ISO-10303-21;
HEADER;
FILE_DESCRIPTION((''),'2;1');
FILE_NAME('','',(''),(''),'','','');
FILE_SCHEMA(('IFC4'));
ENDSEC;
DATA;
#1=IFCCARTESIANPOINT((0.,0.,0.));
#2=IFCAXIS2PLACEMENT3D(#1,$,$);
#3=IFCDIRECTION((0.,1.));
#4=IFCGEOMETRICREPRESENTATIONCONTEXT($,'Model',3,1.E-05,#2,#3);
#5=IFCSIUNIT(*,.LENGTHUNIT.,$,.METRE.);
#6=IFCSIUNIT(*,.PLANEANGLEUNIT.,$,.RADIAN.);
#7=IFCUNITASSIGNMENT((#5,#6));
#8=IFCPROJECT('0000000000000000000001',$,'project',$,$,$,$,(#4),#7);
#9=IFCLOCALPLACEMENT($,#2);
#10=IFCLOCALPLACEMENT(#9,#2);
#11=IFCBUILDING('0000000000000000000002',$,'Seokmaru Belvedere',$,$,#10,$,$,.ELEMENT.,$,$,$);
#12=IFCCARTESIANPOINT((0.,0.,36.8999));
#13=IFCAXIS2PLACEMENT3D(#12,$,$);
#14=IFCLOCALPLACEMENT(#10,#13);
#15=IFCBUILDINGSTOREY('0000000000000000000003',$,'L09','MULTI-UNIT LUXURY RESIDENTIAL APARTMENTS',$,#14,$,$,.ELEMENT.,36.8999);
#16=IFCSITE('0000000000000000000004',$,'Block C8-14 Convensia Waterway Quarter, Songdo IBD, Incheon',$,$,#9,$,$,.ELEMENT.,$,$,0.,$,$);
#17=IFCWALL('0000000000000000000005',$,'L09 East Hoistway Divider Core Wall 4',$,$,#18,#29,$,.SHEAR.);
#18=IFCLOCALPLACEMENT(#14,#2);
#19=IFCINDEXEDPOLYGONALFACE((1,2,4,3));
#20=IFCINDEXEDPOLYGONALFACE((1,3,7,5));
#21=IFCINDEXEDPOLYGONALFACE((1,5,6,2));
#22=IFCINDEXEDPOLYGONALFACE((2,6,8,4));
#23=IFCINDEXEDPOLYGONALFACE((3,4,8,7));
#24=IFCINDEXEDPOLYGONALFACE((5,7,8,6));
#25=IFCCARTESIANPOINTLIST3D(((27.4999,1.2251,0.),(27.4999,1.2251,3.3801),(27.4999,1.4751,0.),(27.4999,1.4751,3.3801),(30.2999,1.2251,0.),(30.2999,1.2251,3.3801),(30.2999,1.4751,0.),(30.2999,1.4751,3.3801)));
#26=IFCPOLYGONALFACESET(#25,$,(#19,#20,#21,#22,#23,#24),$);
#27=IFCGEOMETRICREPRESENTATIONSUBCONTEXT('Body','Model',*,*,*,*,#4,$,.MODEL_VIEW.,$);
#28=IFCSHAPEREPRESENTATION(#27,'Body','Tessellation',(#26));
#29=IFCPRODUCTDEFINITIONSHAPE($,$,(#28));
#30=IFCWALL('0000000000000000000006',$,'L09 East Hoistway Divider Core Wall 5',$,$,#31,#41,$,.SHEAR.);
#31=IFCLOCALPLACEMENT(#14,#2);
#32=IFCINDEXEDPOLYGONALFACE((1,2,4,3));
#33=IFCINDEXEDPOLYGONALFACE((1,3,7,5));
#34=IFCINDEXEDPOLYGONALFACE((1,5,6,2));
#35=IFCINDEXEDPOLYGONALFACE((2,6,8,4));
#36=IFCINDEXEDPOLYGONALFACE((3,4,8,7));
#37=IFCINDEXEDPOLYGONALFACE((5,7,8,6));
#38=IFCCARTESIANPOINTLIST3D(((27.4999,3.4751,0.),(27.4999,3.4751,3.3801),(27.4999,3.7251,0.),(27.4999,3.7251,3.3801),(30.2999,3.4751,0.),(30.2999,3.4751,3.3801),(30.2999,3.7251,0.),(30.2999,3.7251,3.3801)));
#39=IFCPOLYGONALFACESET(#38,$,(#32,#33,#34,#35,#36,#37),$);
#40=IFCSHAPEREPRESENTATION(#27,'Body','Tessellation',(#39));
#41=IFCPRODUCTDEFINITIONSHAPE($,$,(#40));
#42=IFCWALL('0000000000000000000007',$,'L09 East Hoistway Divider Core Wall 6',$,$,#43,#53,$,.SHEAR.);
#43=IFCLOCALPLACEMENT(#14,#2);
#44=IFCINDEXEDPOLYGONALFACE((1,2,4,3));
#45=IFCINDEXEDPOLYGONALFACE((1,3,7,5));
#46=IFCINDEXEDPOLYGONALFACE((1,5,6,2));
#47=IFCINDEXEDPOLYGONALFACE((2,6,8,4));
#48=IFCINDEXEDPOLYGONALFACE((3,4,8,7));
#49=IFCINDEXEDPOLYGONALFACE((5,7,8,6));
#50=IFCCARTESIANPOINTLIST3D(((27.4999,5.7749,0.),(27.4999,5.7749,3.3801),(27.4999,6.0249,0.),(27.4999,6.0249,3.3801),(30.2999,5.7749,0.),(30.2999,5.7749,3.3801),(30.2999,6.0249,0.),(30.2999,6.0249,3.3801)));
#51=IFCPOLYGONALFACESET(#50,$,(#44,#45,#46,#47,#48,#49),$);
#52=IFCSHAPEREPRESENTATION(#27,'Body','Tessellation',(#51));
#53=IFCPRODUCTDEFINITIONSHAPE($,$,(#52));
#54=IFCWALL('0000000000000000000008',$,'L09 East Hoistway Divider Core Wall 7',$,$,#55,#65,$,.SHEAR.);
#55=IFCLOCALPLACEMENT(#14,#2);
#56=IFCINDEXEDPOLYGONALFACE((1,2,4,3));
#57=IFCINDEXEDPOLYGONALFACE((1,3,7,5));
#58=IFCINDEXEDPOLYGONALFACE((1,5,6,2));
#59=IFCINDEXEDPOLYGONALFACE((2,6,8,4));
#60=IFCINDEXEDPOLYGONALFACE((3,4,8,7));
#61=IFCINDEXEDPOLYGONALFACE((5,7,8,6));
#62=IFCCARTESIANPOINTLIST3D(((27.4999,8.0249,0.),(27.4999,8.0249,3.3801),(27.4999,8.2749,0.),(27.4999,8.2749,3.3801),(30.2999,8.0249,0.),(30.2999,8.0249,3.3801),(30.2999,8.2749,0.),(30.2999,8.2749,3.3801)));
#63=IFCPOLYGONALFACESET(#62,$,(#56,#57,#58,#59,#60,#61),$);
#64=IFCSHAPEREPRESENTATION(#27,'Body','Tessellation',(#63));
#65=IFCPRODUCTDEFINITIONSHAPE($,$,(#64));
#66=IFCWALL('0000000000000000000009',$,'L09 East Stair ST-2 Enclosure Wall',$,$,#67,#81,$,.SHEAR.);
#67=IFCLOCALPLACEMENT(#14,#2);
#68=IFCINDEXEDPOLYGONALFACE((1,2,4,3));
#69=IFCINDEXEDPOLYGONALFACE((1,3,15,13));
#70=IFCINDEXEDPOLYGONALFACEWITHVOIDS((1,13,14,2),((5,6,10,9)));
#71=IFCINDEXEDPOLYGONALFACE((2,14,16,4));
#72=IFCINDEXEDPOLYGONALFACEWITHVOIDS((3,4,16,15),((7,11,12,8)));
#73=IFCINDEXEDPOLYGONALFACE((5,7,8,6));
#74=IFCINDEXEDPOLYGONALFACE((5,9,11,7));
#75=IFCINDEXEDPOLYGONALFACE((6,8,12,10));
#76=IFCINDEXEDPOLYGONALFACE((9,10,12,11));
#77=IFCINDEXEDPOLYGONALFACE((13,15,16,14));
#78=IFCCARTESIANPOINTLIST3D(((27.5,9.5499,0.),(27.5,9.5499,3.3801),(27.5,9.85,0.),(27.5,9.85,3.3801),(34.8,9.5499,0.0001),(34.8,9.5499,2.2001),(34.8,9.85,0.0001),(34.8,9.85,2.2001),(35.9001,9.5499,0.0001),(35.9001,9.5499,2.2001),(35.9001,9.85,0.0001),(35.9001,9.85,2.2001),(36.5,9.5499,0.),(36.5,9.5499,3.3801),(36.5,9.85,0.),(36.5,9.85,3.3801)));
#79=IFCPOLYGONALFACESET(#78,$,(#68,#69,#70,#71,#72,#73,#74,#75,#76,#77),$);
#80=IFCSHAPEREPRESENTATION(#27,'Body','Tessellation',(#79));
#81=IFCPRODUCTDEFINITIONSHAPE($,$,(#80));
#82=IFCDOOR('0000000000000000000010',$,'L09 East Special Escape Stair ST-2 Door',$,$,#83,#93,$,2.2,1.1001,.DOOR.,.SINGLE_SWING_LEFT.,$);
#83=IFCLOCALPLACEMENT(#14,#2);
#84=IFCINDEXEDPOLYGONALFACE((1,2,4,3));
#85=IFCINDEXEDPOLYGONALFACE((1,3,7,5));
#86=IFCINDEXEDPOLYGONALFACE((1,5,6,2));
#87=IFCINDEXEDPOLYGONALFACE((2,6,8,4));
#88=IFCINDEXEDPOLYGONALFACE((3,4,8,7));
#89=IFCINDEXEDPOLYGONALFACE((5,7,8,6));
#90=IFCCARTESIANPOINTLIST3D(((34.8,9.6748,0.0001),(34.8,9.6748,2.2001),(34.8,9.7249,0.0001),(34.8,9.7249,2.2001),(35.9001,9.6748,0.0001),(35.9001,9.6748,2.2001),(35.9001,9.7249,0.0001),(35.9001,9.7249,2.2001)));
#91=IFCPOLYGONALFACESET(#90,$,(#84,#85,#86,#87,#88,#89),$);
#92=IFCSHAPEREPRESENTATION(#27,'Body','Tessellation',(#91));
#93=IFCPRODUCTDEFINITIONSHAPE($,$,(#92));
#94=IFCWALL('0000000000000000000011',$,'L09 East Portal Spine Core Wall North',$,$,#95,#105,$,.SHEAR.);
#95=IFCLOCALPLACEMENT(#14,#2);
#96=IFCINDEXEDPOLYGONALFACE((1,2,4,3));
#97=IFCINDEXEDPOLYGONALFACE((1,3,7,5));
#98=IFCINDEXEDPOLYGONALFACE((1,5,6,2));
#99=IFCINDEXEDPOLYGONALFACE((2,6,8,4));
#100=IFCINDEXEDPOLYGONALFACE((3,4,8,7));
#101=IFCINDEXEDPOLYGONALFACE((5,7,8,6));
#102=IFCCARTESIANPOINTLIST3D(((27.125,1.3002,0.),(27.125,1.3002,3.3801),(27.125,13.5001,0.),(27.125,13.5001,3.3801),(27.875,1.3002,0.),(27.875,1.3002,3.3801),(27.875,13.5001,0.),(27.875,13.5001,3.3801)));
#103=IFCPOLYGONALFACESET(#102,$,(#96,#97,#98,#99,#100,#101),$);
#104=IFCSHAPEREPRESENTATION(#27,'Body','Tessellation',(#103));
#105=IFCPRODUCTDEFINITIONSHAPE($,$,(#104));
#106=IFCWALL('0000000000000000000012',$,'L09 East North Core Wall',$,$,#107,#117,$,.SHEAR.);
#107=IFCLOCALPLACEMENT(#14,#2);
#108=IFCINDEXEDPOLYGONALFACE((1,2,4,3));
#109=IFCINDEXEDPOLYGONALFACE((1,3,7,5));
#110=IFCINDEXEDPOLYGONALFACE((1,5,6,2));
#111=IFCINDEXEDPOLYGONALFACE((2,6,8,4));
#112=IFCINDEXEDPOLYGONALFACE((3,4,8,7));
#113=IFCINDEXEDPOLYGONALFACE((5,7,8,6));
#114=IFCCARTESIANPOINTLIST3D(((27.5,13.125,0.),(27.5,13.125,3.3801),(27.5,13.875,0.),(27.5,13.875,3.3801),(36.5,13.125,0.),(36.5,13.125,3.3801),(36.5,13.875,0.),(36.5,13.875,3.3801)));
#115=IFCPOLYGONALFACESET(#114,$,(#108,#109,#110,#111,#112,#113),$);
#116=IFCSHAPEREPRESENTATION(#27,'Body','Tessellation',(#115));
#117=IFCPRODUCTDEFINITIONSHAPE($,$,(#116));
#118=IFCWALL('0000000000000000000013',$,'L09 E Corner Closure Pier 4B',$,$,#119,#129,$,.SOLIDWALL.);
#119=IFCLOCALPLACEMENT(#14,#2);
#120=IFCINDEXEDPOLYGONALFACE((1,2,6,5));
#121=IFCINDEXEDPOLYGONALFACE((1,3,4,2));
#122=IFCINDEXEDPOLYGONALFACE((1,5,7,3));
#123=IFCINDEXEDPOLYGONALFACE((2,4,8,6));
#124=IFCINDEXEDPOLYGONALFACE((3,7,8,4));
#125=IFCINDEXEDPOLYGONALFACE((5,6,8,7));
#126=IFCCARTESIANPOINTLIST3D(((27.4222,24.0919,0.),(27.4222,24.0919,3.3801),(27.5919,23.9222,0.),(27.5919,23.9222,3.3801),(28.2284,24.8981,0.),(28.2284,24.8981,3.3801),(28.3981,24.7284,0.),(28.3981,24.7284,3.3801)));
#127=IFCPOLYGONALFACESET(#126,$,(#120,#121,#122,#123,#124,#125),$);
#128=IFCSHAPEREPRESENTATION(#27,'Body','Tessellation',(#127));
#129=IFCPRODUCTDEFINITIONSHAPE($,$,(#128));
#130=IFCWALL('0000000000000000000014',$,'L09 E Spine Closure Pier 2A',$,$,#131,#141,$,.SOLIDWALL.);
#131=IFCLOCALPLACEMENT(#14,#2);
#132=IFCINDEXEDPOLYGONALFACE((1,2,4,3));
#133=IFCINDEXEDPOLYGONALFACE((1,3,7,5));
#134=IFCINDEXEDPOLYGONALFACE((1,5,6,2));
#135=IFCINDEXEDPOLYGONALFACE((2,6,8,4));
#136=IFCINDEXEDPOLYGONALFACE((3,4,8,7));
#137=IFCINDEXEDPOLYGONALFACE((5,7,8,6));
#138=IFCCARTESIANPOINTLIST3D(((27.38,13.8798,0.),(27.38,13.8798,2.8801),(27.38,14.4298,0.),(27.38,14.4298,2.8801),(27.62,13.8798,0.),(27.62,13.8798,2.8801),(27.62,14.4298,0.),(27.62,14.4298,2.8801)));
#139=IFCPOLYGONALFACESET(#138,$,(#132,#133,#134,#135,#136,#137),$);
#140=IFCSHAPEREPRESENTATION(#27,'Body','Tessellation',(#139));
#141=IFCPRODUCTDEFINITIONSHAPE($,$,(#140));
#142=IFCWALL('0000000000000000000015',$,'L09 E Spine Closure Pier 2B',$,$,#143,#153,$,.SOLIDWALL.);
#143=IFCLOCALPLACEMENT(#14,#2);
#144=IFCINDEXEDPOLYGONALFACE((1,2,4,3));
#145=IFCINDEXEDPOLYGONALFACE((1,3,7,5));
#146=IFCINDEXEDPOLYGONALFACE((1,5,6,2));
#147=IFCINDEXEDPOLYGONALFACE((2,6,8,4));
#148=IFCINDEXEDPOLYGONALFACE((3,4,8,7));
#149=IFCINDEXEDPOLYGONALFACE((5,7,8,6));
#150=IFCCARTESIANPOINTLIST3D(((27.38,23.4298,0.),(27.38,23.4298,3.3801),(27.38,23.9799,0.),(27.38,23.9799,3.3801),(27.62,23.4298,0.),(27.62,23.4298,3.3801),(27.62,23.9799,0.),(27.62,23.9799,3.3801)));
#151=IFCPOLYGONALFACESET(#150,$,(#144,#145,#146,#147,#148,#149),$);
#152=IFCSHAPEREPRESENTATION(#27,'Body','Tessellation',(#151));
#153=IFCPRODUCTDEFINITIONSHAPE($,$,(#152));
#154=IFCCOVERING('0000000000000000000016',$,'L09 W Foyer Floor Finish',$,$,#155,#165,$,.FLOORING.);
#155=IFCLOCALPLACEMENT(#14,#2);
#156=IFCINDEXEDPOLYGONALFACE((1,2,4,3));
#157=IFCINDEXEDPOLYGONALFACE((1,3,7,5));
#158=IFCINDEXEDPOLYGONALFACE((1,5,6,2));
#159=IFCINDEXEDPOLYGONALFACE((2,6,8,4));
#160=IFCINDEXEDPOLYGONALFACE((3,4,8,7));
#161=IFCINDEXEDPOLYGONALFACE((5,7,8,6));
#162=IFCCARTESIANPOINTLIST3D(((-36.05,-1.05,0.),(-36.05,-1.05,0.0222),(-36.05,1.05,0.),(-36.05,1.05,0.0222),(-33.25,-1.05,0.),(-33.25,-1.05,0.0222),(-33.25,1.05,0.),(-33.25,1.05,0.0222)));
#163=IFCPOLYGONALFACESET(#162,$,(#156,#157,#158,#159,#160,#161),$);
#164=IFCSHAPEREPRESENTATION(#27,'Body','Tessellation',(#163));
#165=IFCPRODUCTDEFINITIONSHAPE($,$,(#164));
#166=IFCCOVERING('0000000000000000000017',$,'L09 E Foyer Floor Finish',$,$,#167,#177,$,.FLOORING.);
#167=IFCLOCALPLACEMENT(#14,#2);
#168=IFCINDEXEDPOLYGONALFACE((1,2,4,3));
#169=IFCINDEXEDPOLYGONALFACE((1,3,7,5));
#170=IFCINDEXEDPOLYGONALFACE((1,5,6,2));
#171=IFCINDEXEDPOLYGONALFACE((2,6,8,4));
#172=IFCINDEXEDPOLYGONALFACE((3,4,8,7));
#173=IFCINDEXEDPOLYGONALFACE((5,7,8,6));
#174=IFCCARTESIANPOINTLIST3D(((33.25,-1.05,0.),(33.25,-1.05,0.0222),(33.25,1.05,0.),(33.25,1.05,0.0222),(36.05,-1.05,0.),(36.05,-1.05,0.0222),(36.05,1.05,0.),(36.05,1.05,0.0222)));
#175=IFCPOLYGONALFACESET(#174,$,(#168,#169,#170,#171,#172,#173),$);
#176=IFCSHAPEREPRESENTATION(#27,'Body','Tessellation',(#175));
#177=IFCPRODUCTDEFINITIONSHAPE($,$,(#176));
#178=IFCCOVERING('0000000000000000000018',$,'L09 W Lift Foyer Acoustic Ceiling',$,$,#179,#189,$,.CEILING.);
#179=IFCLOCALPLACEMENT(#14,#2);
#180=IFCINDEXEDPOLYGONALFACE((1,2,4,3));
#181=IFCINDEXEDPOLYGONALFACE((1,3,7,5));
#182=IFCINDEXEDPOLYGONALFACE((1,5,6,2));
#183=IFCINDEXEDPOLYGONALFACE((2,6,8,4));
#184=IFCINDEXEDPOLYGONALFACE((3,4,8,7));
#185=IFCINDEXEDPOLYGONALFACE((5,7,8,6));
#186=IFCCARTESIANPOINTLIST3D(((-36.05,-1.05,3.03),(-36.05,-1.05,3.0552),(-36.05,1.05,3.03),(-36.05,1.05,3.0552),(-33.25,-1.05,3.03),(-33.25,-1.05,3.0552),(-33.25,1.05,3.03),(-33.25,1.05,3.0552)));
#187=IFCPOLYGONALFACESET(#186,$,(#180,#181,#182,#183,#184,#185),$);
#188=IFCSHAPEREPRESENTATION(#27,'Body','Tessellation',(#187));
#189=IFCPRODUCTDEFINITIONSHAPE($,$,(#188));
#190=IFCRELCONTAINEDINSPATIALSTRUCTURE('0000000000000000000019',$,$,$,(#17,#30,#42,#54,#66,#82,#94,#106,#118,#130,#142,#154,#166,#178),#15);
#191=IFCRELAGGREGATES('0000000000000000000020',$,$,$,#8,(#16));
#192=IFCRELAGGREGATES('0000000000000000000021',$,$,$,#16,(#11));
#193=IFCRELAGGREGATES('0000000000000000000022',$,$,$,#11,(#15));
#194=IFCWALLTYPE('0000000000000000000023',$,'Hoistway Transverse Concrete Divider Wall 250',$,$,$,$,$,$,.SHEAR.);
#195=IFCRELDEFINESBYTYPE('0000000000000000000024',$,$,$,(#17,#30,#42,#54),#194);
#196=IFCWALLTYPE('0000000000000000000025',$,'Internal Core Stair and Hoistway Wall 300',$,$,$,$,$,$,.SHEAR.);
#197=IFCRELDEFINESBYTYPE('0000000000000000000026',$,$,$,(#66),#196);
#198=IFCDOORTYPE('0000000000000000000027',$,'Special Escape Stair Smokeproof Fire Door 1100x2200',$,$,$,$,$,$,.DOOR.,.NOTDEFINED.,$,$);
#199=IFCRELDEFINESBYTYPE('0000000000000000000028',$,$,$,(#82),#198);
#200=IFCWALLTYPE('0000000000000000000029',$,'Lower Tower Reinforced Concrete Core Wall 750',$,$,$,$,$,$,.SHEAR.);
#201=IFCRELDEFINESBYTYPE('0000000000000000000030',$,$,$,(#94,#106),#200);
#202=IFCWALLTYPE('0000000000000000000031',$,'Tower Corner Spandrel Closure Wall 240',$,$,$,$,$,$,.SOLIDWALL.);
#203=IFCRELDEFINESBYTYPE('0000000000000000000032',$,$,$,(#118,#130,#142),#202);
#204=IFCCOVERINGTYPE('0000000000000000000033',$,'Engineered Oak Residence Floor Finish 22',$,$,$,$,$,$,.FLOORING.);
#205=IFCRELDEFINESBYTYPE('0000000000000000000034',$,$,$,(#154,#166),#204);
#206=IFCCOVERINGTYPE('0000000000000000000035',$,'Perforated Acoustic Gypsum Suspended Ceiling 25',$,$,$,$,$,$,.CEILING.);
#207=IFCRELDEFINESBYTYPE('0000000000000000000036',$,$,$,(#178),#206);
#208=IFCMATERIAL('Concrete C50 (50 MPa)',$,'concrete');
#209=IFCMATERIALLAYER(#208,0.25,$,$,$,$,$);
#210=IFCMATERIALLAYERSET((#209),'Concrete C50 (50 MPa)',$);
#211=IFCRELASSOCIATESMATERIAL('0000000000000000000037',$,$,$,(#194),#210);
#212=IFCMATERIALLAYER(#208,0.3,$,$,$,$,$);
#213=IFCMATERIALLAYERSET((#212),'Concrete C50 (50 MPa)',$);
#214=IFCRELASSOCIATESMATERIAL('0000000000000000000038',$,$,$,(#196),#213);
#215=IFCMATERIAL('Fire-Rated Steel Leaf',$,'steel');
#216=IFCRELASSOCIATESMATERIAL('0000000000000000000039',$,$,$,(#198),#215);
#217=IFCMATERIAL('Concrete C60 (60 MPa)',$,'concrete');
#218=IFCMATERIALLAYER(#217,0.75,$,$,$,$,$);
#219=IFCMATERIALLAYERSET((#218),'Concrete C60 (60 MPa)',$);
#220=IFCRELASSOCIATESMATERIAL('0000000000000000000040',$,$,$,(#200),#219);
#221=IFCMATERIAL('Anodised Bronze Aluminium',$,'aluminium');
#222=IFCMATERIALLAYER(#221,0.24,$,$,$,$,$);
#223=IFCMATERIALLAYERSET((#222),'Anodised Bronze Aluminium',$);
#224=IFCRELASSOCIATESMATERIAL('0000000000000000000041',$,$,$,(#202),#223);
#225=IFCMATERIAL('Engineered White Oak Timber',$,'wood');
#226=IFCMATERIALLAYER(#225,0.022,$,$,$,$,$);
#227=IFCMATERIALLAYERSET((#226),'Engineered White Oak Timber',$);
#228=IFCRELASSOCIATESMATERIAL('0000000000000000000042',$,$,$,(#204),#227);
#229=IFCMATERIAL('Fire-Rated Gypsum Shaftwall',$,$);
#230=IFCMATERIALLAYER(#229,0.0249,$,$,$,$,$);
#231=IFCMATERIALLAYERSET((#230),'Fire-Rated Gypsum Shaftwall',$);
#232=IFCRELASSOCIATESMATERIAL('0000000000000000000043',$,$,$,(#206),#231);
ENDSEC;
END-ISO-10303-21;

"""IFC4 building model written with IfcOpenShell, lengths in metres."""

from ifc_helpers import new_model, si_unit, direction, frame, frame_2d, origin, place, context, subcontext, project, spatial, polyline, rectangle, outline, extrude, source, transform, mapped, material, layer, layer_set, type_object, type_shapes, element, fill, save


model = new_model("IFC4")

# Units and contexts
model_context = context("Model", 3, precision=1e-05, world=origin(), true_north=direction((0.0, 1.0)))
body_context = subcontext(model_context, "Body", "Model", "MODEL_VIEW")
ifc_project = project(units=[si_unit("LENGTHUNIT", "METRE"), si_unit("PLANEANGLEUNIT", "RADIAN")], contexts=[model_context])

# Site, building, storey
site_placement = place(None, origin())
site = spatial("IfcSite", under=ifc_project, at=site_placement, Name="Block C8-14 Convensia Waterway Quarter, Songdo IBD, Incheon", CompositionType="ELEMENT", RefElevation=0.0)
building_placement = place(site_placement, origin())
building = spatial("IfcBuilding", under=site, at=building_placement, Name="Seokmaru Belvedere", CompositionType="ELEMENT")
storey_placement = place(building_placement, frame((0.0, 0.0, 36.8999)))
storey = spatial("IfcBuildingStorey", under=building, at=storey_placement, Name="L09", Description="MULTI-UNIT LUXURY RESIDENTIAL APARTMENTS", CompositionType="ELEMENT", Elevation=36.8999)

# Shared definitions
ifc_material_1 = material(Name="Anodised Bronze Aluminium", Category="aluminium")

# Shared definitions
ifc_material_2 = material(Name="Fire-Rated Gypsum Shaftwall")
ifc_material_3 = material(Name="Engineered White Oak Timber", Category="wood")

# Walls
ifc_material_4 = material(Name="Concrete C50 (50 MPa)", Category="concrete")
ifc_layer_1 = layer(ifc_material_4, 0.25)
ifc_layer_set_1 = layer_set([ifc_layer_1], Name="Concrete C50 (50 MPa)")
wall_type_1 = type_object("IfcWallType", Name="Hoistway Transverse Concrete Divider Wall 250", PredefinedType="SHEAR", material=ifc_layer_set_1)
for number, where, z_axis, x_axis, name in (
    (1, (27.5, 1.3501, 0.0), (0.0, 0.0, 1.0), (1.0, 0.0, 0.0), "L09 East Hoistway Divider Core Wall 4"),
    (2, (27.5, 3.6001, 0.0), (0.0, 0.0, 1.0), (1.0, 0.0, 0.0), "L09 East Hoistway Divider Core Wall 5"),
    (3, (27.5, 5.8999, 0.0), (0.0, 0.0, 1.0), (1.0, 0.0, 0.0), "L09 East Hoistway Divider Core Wall 6"),
    (4, (27.5, 8.1499, 0.0), (0.0, 0.0, 1.0), (1.0, 0.0, 0.0), "L09 East Hoistway Divider Core Wall 7"),
):
    element("IfcWall", number, at=place(storey_placement, frame(where, z_axis=z_axis, x_axis=x_axis)), inside=storey, type_object=wall_type_1, Name=name, PredefinedType="SHEAR", context=body_context, shape_type="SweptSolid", body=[
        extrude(rectangle(XDim=2.8, YDim=0.25, at=frame_2d((1.3999, 0.0))), origin(), (0.0, 0.0, 1.0), 3.3801),
    ])

# Wall, opening, door
ifc_layer_2 = layer(ifc_material_4, 0.3)
ifc_layer_set_2 = layer_set([ifc_layer_2], Name="Concrete C50 (50 MPa)")
wall_type_2 = type_object("IfcWallType", Name="Internal Core Stair and Hoistway Wall 300", PredefinedType="SHEAR", material=ifc_layer_set_2)
wall_1_placement = place(storey_placement, frame((27.5, 9.7, 0.0), z_axis=(0.0, 0.0, 1.0), x_axis=(1.0, 0.0, 0.0)))
wall_1 = element("IfcWall", 5, at=wall_1_placement, inside=storey, type_object=wall_type_2, Name="L09 East Stair ST-2 Enclosure Wall", PredefinedType="SHEAR", context=body_context, shape_type="SweptSolid", body=[
    extrude(rectangle(XDim=9.0, YDim=0.3, at=frame_2d((4.5, 0.0))), origin(), (0.0, 0.0, 1.0), 3.3801),
])
opening_1_placement = place(wall_1_placement, frame((7.3, 0.0, 0.0)))
opening_1 = element("IfcOpeningElement", 6, at=opening_1_placement, cuts=wall_1, PredefinedType="OPENING", context=body_context, shape_type="SweptSolid", body=[
    extrude(rectangle(XDim=1.1001, YDim=2.2, at=frame_2d((0.55, 1.1001))), frame((0.0, 0.1602, 0.0), z_axis=(0.0, -1.0, 0.0), x_axis=(1.0, 0.0, 0.0)), (0.0, 0.0, 1.0), 0.3201),
])
ifc_material_5 = material(Name="Fire-Rated Steel Leaf", Category="steel")
door_type_1 = type_object("IfcDoorType", Name="Special Escape Stair Smokeproof Fire Door 1100x2200", OperationType="NOTDEFINED", PredefinedType="DOOR", material=ifc_material_5)
shared_shape_1 = source(origin(), body_context, "Body", "SweptSolid", [
    extrude(rectangle(XDim=1.1001, YDim=2.2, at=frame_2d((0.55, 1.1001))), frame((0.0, 0.0249, 0.0), z_axis=(0.0, -1.0, 0.0), x_axis=(1.0, 0.0, 0.0)), (0.0, 0.0, 1.0), 0.05),
])
type_shapes(door_type_1, [shared_shape_1])
door_1_placement = place(opening_1_placement, origin())
door_1 = element("IfcDoor", 7, at=door_1_placement, inside=storey, type_object=door_type_1, Name="L09 East Special Escape Stair ST-2 Door", OperationType="SINGLE_SWING_LEFT", OverallHeight=2.2, OverallWidth=1.1001, PredefinedType="DOOR", context=body_context, shape_type="MappedRepresentation", body=[
    mapped(shared_shape_1, transform((0.0, 0.0, 0.0), scale=1.0)),
])
fill(opening_1, door_1)

# Walls
ifc_material_6 = material(Name="Concrete C60 (60 MPa)", Category="concrete")
ifc_layer_3 = layer(ifc_material_6, 0.75)
ifc_layer_set_3 = layer_set([ifc_layer_3], Name="Concrete C60 (60 MPa)")
wall_type_3 = type_object("IfcWallType", Name="Lower Tower Reinforced Concrete Core Wall 750", PredefinedType="SHEAR", material=ifc_layer_set_3)
wall_2_placement = place(storey_placement, frame((27.5, 1.3, 0.0), z_axis=(0.0, 0.0, 1.0), x_axis=(0.0, 1.0, 0.0)))
element("IfcWall", 8, at=wall_2_placement, inside=storey, type_object=wall_type_3, Name="L09 East Portal Spine Core Wall North", PredefinedType="SHEAR", context=body_context, shape_type="SweptSolid", body=[
    extrude(rectangle(XDim=12.2, YDim=0.75, at=frame_2d((6.1001, 0.0))), origin(), (0.0, 0.0, 1.0), 3.3801),
])
wall_3_placement = place(storey_placement, frame((27.5, 13.5, 0.0), z_axis=(0.0, 0.0, 1.0), x_axis=(1.0, 0.0, 0.0)))
element("IfcWall", 9, at=wall_3_placement, inside=storey, type_object=wall_type_3, Name="L09 East North Core Wall", PredefinedType="SHEAR", context=body_context, shape_type="SweptSolid", body=[
    extrude(rectangle(XDim=9.0, YDim=0.75, at=frame_2d((4.5, 0.0))), origin(), (0.0, 0.0, 1.0), 3.3801),
])
ifc_layer_4 = layer(ifc_material_1, 0.24)
ifc_layer_set_4 = layer_set([ifc_layer_4], Name="Anodised Bronze Aluminium")
wall_type_4 = type_object("IfcWallType", Name="Tower Corner Spandrel Closure Wall 240", PredefinedType="SOLIDWALL", material=ifc_layer_set_4)
wall_4_placement = place(storey_placement, frame((28.3132, 24.8132, 0.0), z_axis=(0.0, 0.0, 1.0), x_axis=(-0.707107, -0.707107, 0.0)))
element("IfcWall", 10, at=wall_4_placement, inside=storey, type_object=wall_type_4, Name="L09 E Corner Closure Pier 4B", PredefinedType="SOLIDWALL", context=body_context, shape_type="SweptSolid", body=[
    extrude(rectangle(XDim=1.1401, YDim=0.24, at=frame_2d((0.5701, 0.0))), origin(), (0.0, 0.0, 1.0), 3.3801),
])
wall_5_placement = place(storey_placement, frame((27.5, 13.8799, 0.0), z_axis=(0.0, 0.0, 1.0), x_axis=(0.0, 1.0, 0.0)))
element("IfcWall", 11, at=wall_5_placement, inside=storey, type_object=wall_type_4, Name="L09 E Spine Closure Pier 2A", PredefinedType="SOLIDWALL", context=body_context, shape_type="SweptSolid", body=[
    extrude(rectangle(XDim=0.55, YDim=0.24, at=frame_2d((0.2749, 0.0))), origin(), (0.0, 0.0, 1.0), 2.8801),
])
wall_6_placement = place(storey_placement, frame((27.5, 23.4299, 0.0), z_axis=(0.0, 0.0, 1.0), x_axis=(0.0, 1.0, 0.0)))
element("IfcWall", 12, at=wall_6_placement, inside=storey, type_object=wall_type_4, Name="L09 E Spine Closure Pier 2B", PredefinedType="SOLIDWALL", context=body_context, shape_type="SweptSolid", body=[
    extrude(rectangle(XDim=0.55, YDim=0.24, at=frame_2d((0.2749, 0.0))), origin(), (0.0, 0.0, 1.0), 3.3801),
])

# Coverings
ifc_layer_5 = layer(ifc_material_3, 0.022)
ifc_layer_set_5 = layer_set([ifc_layer_5], Name="Engineered White Oak Timber")
covering_type_1 = type_object("IfcCoveringType", Name="Engineered Oak Residence Floor Finish 22", PredefinedType="FLOORING", material=ifc_layer_set_5)
covering_1_placement = place(storey_placement, origin())
element("IfcCovering", 13, at=covering_1_placement, inside=storey, type_object=covering_type_1, Name="L09 W Foyer Floor Finish", PredefinedType="FLOORING", context=body_context, shape_type="SweptSolid", body=[
    extrude(outline(polyline([(-36.05, -1.05), (-33.25, -1.05), (-33.25, 1.05), (-36.05, 1.05), (-36.05, -1.05)])), origin(), (0.0, 0.0, 1.0), 0.0222),
])
covering_2_placement = place(storey_placement, origin())
element("IfcCovering", 14, at=covering_2_placement, inside=storey, type_object=covering_type_1, Name="L09 E Foyer Floor Finish", PredefinedType="FLOORING", context=body_context, shape_type="SweptSolid", body=[
    extrude(outline(polyline([(33.25, -1.05), (36.05, -1.05), (36.05, 1.05), (33.25, 1.05), (33.25, -1.05)])), origin(), (0.0, 0.0, 1.0), 0.0222),
])
ifc_layer_6 = layer(ifc_material_2, 0.0249)
ifc_layer_set_6 = layer_set([ifc_layer_6], Name="Fire-Rated Gypsum Shaftwall")
covering_type_2 = type_object("IfcCoveringType", Name="Perforated Acoustic Gypsum Suspended Ceiling 25", PredefinedType="CEILING", material=ifc_layer_set_6)
covering_3_placement = place(storey_placement, frame((0.0, 0.0, 3.03)))
element("IfcCovering", 15, at=covering_3_placement, inside=storey, type_object=covering_type_2, Name="L09 W Lift Foyer Acoustic Ceiling", PredefinedType="CEILING", context=body_context, shape_type="SweptSolid", body=[
    extrude(outline(polyline([(-36.05, -1.05), (-33.25, -1.05), (-33.25, 1.05), (-36.05, 1.05), (-36.05, -1.05)])), origin(), (0.0, 0.0, 1.0), 0.0251),
])

save(model, "model.ifc")
